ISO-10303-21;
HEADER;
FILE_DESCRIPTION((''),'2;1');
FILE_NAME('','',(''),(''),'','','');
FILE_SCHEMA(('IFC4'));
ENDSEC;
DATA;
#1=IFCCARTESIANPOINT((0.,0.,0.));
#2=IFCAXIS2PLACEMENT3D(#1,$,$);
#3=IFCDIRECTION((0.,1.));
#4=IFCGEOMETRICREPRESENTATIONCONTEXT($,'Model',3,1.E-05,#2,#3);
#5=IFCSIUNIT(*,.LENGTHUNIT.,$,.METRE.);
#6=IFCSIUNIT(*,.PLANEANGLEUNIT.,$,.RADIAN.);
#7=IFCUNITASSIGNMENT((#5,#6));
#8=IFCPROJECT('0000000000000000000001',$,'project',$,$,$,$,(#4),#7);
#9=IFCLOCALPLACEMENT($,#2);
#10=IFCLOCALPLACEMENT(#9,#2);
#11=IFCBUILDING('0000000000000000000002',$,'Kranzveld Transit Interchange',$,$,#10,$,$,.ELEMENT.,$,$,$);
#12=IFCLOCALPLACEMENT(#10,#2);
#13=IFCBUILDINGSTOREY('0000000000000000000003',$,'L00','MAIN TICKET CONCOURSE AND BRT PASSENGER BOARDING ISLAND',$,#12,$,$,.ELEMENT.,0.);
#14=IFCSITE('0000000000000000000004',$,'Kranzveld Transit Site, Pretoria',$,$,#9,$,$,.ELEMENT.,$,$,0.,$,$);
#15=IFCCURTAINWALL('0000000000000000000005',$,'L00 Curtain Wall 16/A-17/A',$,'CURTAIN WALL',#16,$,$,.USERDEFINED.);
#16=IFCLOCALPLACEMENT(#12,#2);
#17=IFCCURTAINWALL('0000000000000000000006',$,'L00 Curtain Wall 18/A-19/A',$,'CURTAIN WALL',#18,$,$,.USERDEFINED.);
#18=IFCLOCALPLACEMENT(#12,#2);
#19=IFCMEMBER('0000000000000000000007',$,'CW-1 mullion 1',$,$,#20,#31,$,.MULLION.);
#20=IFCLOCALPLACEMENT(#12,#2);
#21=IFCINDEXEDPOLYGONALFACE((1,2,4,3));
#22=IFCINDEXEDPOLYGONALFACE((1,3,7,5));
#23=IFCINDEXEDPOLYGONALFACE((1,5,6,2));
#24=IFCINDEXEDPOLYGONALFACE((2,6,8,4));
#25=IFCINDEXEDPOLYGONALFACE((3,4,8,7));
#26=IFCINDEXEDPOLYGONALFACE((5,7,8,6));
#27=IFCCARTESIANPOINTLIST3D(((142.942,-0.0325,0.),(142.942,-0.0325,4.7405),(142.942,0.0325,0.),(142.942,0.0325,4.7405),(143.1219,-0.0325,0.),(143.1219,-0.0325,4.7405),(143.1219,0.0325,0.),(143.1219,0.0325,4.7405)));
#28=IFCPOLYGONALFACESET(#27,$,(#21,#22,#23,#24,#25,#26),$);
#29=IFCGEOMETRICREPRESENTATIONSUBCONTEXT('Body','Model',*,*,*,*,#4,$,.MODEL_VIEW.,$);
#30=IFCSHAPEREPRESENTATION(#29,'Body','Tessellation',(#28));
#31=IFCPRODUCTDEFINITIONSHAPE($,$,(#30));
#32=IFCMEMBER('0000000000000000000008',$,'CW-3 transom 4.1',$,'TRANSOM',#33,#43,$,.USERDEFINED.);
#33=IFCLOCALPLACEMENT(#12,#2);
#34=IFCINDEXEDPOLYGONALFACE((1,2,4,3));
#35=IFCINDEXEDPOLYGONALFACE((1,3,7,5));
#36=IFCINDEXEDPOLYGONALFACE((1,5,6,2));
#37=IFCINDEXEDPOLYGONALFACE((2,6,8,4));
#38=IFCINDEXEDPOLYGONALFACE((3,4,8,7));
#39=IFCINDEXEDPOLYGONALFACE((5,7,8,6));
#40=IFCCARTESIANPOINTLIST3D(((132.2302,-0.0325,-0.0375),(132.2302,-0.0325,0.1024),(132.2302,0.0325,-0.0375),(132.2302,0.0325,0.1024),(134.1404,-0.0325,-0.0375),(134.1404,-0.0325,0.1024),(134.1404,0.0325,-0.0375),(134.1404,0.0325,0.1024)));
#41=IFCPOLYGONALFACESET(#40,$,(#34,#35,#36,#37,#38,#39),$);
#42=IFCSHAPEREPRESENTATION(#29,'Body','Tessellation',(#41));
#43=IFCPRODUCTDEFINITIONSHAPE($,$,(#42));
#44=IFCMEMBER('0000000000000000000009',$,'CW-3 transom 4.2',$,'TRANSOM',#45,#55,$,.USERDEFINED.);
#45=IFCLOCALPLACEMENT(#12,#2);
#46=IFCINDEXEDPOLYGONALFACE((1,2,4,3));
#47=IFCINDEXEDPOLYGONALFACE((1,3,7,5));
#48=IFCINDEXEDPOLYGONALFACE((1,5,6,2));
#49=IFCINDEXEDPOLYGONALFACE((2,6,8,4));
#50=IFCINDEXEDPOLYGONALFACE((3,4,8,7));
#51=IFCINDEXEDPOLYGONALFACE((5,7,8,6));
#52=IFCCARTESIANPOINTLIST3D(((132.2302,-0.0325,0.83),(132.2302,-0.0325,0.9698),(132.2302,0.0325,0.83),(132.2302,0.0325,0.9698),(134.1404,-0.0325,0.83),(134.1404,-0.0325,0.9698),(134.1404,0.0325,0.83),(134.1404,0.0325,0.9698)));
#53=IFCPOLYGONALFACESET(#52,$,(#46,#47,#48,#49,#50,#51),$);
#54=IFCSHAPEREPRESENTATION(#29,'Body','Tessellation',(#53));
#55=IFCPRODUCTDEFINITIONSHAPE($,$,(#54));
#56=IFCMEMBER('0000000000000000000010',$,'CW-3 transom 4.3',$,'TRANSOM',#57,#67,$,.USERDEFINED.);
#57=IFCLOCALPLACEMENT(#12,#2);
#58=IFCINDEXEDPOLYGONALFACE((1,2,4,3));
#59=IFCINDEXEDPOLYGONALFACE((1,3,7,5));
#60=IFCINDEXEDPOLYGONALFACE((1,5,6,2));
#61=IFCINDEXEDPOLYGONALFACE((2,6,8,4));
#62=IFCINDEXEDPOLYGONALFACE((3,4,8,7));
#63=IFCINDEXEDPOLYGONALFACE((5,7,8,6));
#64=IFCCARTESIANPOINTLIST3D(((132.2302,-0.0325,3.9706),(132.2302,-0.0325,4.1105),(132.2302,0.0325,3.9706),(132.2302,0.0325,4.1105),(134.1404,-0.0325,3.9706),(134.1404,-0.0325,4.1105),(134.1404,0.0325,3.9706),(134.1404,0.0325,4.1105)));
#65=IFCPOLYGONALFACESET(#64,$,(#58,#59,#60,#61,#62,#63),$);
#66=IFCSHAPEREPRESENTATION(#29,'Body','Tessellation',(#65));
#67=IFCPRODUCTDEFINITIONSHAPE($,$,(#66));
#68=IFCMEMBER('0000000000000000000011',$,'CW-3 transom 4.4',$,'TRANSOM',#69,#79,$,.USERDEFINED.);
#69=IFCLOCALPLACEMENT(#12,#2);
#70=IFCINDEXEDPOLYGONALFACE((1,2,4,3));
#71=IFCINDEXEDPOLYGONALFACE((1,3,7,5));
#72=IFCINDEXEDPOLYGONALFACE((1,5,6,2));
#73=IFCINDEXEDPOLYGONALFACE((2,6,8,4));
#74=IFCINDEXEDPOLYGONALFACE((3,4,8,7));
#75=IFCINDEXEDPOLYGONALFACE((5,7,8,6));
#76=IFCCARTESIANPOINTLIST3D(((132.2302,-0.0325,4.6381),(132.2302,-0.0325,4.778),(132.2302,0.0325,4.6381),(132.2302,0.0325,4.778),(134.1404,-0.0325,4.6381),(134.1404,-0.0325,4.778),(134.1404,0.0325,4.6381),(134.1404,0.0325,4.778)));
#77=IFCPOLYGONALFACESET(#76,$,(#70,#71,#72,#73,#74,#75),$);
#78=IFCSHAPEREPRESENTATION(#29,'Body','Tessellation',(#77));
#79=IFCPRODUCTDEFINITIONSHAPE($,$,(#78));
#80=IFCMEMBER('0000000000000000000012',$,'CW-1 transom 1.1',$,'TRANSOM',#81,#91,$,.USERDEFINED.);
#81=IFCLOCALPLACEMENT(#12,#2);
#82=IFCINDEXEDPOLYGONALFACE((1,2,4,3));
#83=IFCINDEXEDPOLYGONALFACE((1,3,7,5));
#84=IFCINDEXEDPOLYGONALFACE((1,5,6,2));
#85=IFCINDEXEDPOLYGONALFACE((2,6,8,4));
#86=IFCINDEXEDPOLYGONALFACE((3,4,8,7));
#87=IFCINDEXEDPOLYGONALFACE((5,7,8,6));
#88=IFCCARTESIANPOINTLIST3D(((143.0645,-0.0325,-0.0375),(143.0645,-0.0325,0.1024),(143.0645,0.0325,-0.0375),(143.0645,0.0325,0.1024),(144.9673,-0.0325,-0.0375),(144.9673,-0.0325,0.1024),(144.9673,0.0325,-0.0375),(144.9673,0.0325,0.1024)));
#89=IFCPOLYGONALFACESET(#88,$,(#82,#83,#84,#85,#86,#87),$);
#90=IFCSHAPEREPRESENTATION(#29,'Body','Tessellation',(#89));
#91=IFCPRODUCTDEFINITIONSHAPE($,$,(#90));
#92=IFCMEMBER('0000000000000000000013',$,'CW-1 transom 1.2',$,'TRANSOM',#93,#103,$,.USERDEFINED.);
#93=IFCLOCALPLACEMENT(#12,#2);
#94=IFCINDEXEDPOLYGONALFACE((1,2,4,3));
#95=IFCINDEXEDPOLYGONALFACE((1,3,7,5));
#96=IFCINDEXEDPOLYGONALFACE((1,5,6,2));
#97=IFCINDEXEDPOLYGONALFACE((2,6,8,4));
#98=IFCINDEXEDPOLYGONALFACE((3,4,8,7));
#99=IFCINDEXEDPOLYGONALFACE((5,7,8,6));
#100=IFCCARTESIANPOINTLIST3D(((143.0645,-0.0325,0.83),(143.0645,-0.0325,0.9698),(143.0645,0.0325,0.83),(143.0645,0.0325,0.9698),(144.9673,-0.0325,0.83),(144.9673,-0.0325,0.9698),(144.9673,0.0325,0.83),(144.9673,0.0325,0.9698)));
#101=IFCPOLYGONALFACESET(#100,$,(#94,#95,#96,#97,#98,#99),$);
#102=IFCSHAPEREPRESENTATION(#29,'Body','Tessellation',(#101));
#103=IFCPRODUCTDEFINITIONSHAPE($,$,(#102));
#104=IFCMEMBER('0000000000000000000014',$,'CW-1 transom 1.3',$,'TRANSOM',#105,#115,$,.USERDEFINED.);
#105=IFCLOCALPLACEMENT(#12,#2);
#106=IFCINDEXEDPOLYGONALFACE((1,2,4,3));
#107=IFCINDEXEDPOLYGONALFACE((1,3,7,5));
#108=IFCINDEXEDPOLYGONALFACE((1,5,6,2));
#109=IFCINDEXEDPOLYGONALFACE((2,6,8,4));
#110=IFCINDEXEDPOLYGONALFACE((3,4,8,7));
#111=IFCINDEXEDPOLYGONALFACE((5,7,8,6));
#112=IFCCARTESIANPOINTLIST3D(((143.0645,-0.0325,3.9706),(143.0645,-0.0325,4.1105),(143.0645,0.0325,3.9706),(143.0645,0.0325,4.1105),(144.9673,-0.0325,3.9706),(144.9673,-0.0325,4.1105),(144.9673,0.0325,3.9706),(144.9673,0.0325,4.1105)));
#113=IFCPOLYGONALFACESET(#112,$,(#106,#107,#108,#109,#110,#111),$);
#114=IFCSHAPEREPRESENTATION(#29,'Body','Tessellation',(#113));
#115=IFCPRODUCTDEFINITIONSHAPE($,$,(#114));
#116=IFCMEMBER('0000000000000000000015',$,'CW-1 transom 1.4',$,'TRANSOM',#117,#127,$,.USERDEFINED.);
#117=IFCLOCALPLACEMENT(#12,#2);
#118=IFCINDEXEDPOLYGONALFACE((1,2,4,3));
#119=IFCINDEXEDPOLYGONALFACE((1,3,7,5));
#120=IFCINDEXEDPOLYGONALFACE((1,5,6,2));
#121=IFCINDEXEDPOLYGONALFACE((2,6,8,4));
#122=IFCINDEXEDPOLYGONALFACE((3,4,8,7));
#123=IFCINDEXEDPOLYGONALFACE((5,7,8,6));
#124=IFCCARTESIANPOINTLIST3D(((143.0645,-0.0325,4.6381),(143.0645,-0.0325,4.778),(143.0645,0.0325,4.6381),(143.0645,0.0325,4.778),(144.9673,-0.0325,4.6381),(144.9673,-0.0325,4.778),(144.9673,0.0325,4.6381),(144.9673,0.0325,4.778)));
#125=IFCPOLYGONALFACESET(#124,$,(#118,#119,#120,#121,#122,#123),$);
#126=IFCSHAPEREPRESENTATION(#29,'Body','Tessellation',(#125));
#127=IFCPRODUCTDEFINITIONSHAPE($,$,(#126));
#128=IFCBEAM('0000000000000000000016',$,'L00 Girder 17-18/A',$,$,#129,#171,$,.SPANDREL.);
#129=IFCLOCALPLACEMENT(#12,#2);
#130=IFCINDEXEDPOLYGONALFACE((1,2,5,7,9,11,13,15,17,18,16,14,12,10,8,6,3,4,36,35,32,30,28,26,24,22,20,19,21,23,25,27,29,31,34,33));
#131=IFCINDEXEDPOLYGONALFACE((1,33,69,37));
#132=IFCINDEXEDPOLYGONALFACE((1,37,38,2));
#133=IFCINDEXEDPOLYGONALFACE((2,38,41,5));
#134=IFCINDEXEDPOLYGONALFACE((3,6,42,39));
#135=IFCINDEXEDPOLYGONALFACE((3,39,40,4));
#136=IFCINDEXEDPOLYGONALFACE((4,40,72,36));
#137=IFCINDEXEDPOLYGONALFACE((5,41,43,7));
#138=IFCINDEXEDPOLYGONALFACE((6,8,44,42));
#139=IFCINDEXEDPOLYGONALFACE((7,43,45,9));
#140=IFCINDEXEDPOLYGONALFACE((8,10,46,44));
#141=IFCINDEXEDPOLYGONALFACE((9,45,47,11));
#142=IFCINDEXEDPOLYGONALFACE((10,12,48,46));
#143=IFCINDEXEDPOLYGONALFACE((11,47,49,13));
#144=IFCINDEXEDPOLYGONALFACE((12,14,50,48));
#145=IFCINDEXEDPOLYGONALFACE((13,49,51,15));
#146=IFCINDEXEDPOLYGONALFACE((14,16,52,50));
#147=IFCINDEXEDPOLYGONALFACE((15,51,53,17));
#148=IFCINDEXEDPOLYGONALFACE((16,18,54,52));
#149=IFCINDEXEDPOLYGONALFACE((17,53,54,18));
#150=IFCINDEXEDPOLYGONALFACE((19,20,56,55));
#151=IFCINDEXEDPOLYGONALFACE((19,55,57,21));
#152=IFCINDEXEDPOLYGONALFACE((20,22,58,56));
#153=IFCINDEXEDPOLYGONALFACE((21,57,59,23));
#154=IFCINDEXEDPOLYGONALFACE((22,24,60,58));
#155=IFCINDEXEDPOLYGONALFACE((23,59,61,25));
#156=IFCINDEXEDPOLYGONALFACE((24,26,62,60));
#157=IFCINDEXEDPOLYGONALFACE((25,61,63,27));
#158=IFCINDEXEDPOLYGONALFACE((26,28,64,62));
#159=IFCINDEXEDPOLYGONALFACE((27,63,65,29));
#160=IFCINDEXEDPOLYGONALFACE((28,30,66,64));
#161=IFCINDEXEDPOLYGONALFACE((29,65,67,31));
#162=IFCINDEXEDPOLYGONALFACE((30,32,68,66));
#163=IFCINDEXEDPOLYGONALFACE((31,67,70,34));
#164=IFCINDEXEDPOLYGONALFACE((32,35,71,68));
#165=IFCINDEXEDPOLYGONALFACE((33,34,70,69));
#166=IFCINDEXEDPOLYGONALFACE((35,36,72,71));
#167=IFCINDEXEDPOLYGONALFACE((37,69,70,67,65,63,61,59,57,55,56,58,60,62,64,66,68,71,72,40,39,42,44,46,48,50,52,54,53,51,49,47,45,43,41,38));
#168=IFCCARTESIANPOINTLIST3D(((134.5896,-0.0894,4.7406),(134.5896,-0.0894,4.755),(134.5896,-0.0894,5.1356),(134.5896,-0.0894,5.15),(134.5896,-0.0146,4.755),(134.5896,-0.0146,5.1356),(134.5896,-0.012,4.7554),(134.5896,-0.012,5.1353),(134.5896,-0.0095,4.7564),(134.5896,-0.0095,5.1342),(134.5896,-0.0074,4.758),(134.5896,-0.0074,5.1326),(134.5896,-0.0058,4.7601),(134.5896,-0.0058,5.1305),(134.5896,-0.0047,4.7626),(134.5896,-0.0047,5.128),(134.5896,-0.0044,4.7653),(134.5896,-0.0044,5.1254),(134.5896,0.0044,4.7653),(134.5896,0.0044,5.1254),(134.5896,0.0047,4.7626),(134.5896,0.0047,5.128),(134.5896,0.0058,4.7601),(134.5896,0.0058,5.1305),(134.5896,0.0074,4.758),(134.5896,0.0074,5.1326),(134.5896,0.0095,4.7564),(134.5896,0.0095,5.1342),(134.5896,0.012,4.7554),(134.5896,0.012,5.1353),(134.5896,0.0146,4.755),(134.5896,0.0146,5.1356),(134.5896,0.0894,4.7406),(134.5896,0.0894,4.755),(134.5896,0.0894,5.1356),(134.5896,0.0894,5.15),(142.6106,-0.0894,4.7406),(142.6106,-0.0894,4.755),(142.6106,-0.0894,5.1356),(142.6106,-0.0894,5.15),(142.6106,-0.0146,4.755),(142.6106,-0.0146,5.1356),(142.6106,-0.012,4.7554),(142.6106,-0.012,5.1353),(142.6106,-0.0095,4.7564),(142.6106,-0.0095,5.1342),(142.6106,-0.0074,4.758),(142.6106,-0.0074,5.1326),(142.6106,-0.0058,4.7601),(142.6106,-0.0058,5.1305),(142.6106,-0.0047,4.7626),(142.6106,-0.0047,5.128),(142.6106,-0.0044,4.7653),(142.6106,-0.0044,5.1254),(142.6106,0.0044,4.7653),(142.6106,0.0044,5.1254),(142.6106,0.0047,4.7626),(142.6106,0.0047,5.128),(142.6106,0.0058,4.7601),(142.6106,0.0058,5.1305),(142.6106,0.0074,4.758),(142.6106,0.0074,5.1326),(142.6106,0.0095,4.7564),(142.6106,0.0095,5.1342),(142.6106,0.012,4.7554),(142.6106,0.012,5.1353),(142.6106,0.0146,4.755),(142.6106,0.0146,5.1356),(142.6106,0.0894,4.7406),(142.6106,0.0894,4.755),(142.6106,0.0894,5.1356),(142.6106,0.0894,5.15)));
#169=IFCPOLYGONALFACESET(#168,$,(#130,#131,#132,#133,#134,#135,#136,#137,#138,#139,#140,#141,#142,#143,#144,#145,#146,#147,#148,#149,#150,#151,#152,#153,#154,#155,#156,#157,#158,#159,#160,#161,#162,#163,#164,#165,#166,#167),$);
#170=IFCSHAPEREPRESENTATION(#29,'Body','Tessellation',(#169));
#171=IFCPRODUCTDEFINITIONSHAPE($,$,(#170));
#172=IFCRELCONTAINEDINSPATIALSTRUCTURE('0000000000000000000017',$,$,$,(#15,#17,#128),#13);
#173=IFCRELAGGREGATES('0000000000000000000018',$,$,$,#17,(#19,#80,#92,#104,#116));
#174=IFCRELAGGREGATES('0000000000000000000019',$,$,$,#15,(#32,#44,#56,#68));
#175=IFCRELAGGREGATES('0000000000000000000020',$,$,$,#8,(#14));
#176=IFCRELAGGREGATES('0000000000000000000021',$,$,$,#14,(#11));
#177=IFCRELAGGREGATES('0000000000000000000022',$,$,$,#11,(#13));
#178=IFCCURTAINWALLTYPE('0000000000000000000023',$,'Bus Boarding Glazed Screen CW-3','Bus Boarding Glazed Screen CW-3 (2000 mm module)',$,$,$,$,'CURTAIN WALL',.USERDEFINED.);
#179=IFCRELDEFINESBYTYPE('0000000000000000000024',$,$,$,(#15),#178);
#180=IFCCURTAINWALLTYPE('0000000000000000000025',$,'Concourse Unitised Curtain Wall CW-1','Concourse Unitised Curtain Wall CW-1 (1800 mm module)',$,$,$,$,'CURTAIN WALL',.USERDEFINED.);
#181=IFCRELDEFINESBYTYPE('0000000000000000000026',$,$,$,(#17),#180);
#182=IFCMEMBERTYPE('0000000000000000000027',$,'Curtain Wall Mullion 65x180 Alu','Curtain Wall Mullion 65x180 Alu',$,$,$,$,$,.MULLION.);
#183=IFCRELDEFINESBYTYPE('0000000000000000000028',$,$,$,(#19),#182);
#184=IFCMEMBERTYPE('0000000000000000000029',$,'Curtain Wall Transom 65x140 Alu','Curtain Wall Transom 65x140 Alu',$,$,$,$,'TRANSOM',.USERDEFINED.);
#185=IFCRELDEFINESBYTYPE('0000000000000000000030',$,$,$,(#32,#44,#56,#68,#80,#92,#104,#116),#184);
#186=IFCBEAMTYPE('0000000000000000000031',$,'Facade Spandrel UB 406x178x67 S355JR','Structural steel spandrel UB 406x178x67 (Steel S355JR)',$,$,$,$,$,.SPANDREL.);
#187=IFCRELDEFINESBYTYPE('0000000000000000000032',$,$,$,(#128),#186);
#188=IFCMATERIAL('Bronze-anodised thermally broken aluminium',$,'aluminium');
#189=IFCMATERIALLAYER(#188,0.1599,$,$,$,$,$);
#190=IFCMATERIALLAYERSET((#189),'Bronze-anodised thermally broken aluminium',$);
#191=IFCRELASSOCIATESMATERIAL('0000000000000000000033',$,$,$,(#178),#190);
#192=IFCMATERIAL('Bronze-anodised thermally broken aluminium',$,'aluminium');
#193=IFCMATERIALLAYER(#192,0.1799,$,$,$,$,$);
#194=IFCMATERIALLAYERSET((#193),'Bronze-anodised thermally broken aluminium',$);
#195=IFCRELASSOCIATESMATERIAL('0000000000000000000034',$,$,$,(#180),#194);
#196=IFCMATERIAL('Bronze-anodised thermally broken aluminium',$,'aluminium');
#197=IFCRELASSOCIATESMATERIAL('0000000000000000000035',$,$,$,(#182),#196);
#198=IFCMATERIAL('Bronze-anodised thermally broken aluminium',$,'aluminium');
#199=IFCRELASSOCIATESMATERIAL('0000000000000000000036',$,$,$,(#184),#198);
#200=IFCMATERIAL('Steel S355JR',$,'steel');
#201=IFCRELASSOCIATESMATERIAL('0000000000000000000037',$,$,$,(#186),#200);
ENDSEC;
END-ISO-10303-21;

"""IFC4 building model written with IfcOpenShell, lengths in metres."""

from ifc_helpers import new_model, si_unit, direction, frame, origin, origin_2d, place, context, subcontext, project, spatial, rectangle, i_section, extrude, material, layer, layer_set, material_profile, profile_set, type_object, element, aggregate, save


model = new_model("IFC4")

# Units and contexts
model_context = context("Model", 3, precision=1e-05, world=origin(), true_north=direction((0.0, 1.0)))
body_context = subcontext(model_context, "Body", "Model", "MODEL_VIEW")
ifc_project = project(units=[si_unit("LENGTHUNIT", "METRE"), si_unit("PLANEANGLEUNIT", "RADIAN")], contexts=[model_context])

# Site, building, storey
site_placement = place(None, origin())
site = spatial("IfcSite", under=ifc_project, at=site_placement, Name="Kranzveld Transit Site, Pretoria", CompositionType="ELEMENT", RefElevation=0.0)
building_placement = place(site_placement, origin())
building = spatial("IfcBuilding", under=site, at=building_placement, Name="Kranzveld Transit Interchange", CompositionType="ELEMENT")
storey_placement = place(building_placement, origin())
storey = spatial("IfcBuildingStorey", under=building, at=storey_placement, Name="L00", Description="MAIN TICKET CONCOURSE AND BRT PASSENGER BOARDING ISLAND", CompositionType="ELEMENT", Elevation=0.0)

# Curtain wall
ifc_material_1 = material(Name="Bronze-anodised thermally broken aluminium", Category="aluminium")
ifc_layer_1 = layer(ifc_material_1, 0.1599)
ifc_layer_set_1 = layer_set([ifc_layer_1], Name="Bronze-anodised thermally broken aluminium")
curtain_wall_type_1 = type_object("IfcCurtainWallType", Name="Bus Boarding Glazed Screen CW-3", Description="Bus Boarding Glazed Screen CW-3 (2000 mm module)", ElementType="CURTAIN WALL", PredefinedType="USERDEFINED", material=ifc_layer_set_1)
curtain_wall_1_placement = place(storey_placement, origin())
curtain_wall_1 = element("IfcCurtainWall", 1, at=curtain_wall_1_placement, inside=storey, type_object=curtain_wall_type_1, Name="L00 Curtain Wall 16/A-17/A", ObjectType="CURTAIN WALL", PredefinedType="USERDEFINED")

# Curtain wall, member
ifc_material_2 = material(Name="Bronze-anodised thermally broken aluminium", Category="aluminium")
ifc_layer_2 = layer(ifc_material_2, 0.1799)
ifc_layer_set_2 = layer_set([ifc_layer_2], Name="Bronze-anodised thermally broken aluminium")
curtain_wall_type_2 = type_object("IfcCurtainWallType", Name="Concourse Unitised Curtain Wall CW-1", Description="Concourse Unitised Curtain Wall CW-1 (1800 mm module)", ElementType="CURTAIN WALL", PredefinedType="USERDEFINED", material=ifc_layer_set_2)
curtain_wall_2_placement = place(storey_placement, origin())
curtain_wall_2 = element("IfcCurtainWall", 2, at=curtain_wall_2_placement, inside=storey, type_object=curtain_wall_type_2, Name="L00 Curtain Wall 18/A-19/A", ObjectType="CURTAIN WALL", PredefinedType="USERDEFINED")
ifc_material_3 = material(Name="Bronze-anodised thermally broken aluminium", Category="aluminium")
ifc_material_profile_1 = material_profile(ifc_material_3, rectangle(XDim=0.0649, YDim=0.1799, at=origin_2d()), Name="ALU MULLION 65x180")
ifc_profile_set_1 = profile_set([ifc_material_profile_1], Name="Bronze-anodised thermally broken aluminium")
member_type_1 = type_object("IfcMemberType", Name="Curtain Wall Mullion 65x180 Alu", Description="Curtain Wall Mullion 65x180 Alu", PredefinedType="MULLION", material=ifc_profile_set_1)
member_1_placement = place(storey_placement, frame((143.032, 0.0, 0.0), z_axis=(0.0, 0.0, 1.0), x_axis=(0.0, 1.0, 0.0)))
member_1 = element("IfcMember", 3, at=member_1_placement, type_object=member_type_1, Name="CW-1 mullion 1", PredefinedType="MULLION", context=body_context, shape_type="SweptSolid", body=[
    extrude(rectangle(XDim=0.0649, YDim=0.1799, at=origin_2d()), origin(), (0.0, 0.0, 1.0), 4.7405),
])

# Members
ifc_material_4 = material(Name="Bronze-anodised thermally broken aluminium", Category="aluminium")
ifc_material_profile_2 = material_profile(ifc_material_4, rectangle(XDim=0.0649, YDim=0.1399, at=origin_2d()), Name="ALU TRANSOM 65x140")
ifc_profile_set_2 = profile_set([ifc_material_profile_2], Name="Bronze-anodised thermally broken aluminium")
member_type_2 = type_object("IfcMemberType", Name="Curtain Wall Transom 65x140 Alu", Description="Curtain Wall Transom 65x140 Alu", ElementType="TRANSOM", PredefinedType="USERDEFINED", material=ifc_profile_set_2)
member_2_placement = place(storey_placement, frame((132.2302, 0.0, 0.0325), z_axis=(1.0, 0.0, 0.0), x_axis=(0.0, 1.0, 0.0)))
member_2 = element("IfcMember", 4, at=member_2_placement, type_object=member_type_2, Name="CW-3 transom 4.1", ObjectType="TRANSOM", PredefinedType="USERDEFINED", context=body_context, shape_type="SweptSolid", body=[
    extrude(rectangle(XDim=0.0649, YDim=0.1399, at=origin_2d()), origin(), (0.0, 0.0, 1.0), 1.9102),
])
member_3_placement = place(storey_placement, frame((132.2302, 0.0, 0.8999), z_axis=(1.0, 0.0, 0.0), x_axis=(0.0, 1.0, 0.0)))
member_3 = element("IfcMember", 5, at=member_3_placement, type_object=member_type_2, Name="CW-3 transom 4.2", ObjectType="TRANSOM", PredefinedType="USERDEFINED", context=body_context, shape_type="SweptSolid", body=[
    extrude(rectangle(XDim=0.0649, YDim=0.1399, at=origin_2d()), origin(), (0.0, 0.0, 1.0), 1.9102),
])
member_4_placement = place(storey_placement, frame((132.2302, 0.0, 4.0405), z_axis=(1.0, 0.0, 0.0), x_axis=(0.0, 1.0, 0.0)))
member_4 = element("IfcMember", 6, at=member_4_placement, type_object=member_type_2, Name="CW-3 transom 4.3", ObjectType="TRANSOM", PredefinedType="USERDEFINED", context=body_context, shape_type="SweptSolid", body=[
    extrude(rectangle(XDim=0.0649, YDim=0.1399, at=origin_2d()), origin(), (0.0, 0.0, 1.0), 1.9102),
])
member_5_placement = place(storey_placement, frame((132.2302, 0.0, 4.708), z_axis=(1.0, 0.0, 0.0), x_axis=(0.0, 1.0, 0.0)))
member_5 = element("IfcMember", 7, at=member_5_placement, type_object=member_type_2, Name="CW-3 transom 4.4", ObjectType="TRANSOM", PredefinedType="USERDEFINED", context=body_context, shape_type="SweptSolid", body=[
    extrude(rectangle(XDim=0.0649, YDim=0.1399, at=origin_2d()), origin(), (0.0, 0.0, 1.0), 1.9102),
])
member_6_placement = place(storey_placement, frame((143.0645, 0.0, 0.0325), z_axis=(1.0, 0.0, 0.0), x_axis=(0.0, 1.0, 0.0)))
member_6 = element("IfcMember", 8, at=member_6_placement, type_object=member_type_2, Name="CW-1 transom 1.1", ObjectType="TRANSOM", PredefinedType="USERDEFINED", context=body_context, shape_type="SweptSolid", body=[
    extrude(rectangle(XDim=0.0649, YDim=0.1399, at=origin_2d()), origin(), (0.0, 0.0, 1.0), 1.9028),
])
member_7_placement = place(storey_placement, frame((143.0645, 0.0, 0.8999), z_axis=(1.0, 0.0, 0.0), x_axis=(0.0, 1.0, 0.0)))
member_7 = element("IfcMember", 9, at=member_7_placement, type_object=member_type_2, Name="CW-1 transom 1.2", ObjectType="TRANSOM", PredefinedType="USERDEFINED", context=body_context, shape_type="SweptSolid", body=[
    extrude(rectangle(XDim=0.0649, YDim=0.1399, at=origin_2d()), origin(), (0.0, 0.0, 1.0), 1.9028),
])
member_8_placement = place(storey_placement, frame((143.0645, 0.0, 4.0405), z_axis=(1.0, 0.0, 0.0), x_axis=(0.0, 1.0, 0.0)))
member_8 = element("IfcMember", 10, at=member_8_placement, type_object=member_type_2, Name="CW-1 transom 1.3", ObjectType="TRANSOM", PredefinedType="USERDEFINED", context=body_context, shape_type="SweptSolid", body=[
    extrude(rectangle(XDim=0.0649, YDim=0.1399, at=origin_2d()), origin(), (0.0, 0.0, 1.0), 1.9028),
])
member_9_placement = place(storey_placement, frame((143.0645, 0.0, 4.708), z_axis=(1.0, 0.0, 0.0), x_axis=(0.0, 1.0, 0.0)))
member_9 = element("IfcMember", 11, at=member_9_placement, type_object=member_type_2, Name="CW-1 transom 1.4", ObjectType="TRANSOM", PredefinedType="USERDEFINED", context=body_context, shape_type="SweptSolid", body=[
    extrude(rectangle(XDim=0.0649, YDim=0.1399, at=origin_2d()), origin(), (0.0, 0.0, 1.0), 1.9028),
])

# Beam
ifc_material_5 = material(Name="Steel S355JR", Category="steel")
ifc_material_profile_3 = material_profile(ifc_material_5, i_section(OverallWidth=0.1787, OverallDepth=0.4094, WebThickness=0.0088, FlangeThickness=0.0144, FilletRadius=0.0103, at=origin_2d()), Name="UB 406x178x67")
ifc_profile_set_3 = profile_set([ifc_material_profile_3], Name="Steel S355JR")
beam_type_1 = type_object("IfcBeamType", Name="Facade Spandrel UB 406x178x67 S355JR", Description="Structural steel spandrel UB 406x178x67 (Steel S355JR)", PredefinedType="SPANDREL", material=ifc_profile_set_3)
for number, where, z_axis, x_axis, name in (
    (12, (134.5896, 0.0, 4.9453), (1.0, 0.0, 0.0), (0.0, 1.0, 0.0), "L00 Girder 17-18/A"),
):
    element("IfcBeam", number, at=place(storey_placement, frame(where, z_axis=z_axis, x_axis=x_axis)), inside=storey, type_object=beam_type_1, Name=name, PredefinedType="SPANDREL", context=body_context, shape_type="SweptSolid", body=[
        extrude(i_section(OverallWidth=0.1787, OverallDepth=0.4094, WebThickness=0.0088, FlangeThickness=0.0144, FilletRadius=0.0103, at=origin_2d()), origin(), (0.0, 0.0, 1.0), 8.021),
    ])

aggregate(curtain_wall_2, [member_1, member_6, member_7, member_8, member_9])
aggregate(curtain_wall_1, [member_2, member_3, member_4, member_5])

save(model, "model.ifc")
